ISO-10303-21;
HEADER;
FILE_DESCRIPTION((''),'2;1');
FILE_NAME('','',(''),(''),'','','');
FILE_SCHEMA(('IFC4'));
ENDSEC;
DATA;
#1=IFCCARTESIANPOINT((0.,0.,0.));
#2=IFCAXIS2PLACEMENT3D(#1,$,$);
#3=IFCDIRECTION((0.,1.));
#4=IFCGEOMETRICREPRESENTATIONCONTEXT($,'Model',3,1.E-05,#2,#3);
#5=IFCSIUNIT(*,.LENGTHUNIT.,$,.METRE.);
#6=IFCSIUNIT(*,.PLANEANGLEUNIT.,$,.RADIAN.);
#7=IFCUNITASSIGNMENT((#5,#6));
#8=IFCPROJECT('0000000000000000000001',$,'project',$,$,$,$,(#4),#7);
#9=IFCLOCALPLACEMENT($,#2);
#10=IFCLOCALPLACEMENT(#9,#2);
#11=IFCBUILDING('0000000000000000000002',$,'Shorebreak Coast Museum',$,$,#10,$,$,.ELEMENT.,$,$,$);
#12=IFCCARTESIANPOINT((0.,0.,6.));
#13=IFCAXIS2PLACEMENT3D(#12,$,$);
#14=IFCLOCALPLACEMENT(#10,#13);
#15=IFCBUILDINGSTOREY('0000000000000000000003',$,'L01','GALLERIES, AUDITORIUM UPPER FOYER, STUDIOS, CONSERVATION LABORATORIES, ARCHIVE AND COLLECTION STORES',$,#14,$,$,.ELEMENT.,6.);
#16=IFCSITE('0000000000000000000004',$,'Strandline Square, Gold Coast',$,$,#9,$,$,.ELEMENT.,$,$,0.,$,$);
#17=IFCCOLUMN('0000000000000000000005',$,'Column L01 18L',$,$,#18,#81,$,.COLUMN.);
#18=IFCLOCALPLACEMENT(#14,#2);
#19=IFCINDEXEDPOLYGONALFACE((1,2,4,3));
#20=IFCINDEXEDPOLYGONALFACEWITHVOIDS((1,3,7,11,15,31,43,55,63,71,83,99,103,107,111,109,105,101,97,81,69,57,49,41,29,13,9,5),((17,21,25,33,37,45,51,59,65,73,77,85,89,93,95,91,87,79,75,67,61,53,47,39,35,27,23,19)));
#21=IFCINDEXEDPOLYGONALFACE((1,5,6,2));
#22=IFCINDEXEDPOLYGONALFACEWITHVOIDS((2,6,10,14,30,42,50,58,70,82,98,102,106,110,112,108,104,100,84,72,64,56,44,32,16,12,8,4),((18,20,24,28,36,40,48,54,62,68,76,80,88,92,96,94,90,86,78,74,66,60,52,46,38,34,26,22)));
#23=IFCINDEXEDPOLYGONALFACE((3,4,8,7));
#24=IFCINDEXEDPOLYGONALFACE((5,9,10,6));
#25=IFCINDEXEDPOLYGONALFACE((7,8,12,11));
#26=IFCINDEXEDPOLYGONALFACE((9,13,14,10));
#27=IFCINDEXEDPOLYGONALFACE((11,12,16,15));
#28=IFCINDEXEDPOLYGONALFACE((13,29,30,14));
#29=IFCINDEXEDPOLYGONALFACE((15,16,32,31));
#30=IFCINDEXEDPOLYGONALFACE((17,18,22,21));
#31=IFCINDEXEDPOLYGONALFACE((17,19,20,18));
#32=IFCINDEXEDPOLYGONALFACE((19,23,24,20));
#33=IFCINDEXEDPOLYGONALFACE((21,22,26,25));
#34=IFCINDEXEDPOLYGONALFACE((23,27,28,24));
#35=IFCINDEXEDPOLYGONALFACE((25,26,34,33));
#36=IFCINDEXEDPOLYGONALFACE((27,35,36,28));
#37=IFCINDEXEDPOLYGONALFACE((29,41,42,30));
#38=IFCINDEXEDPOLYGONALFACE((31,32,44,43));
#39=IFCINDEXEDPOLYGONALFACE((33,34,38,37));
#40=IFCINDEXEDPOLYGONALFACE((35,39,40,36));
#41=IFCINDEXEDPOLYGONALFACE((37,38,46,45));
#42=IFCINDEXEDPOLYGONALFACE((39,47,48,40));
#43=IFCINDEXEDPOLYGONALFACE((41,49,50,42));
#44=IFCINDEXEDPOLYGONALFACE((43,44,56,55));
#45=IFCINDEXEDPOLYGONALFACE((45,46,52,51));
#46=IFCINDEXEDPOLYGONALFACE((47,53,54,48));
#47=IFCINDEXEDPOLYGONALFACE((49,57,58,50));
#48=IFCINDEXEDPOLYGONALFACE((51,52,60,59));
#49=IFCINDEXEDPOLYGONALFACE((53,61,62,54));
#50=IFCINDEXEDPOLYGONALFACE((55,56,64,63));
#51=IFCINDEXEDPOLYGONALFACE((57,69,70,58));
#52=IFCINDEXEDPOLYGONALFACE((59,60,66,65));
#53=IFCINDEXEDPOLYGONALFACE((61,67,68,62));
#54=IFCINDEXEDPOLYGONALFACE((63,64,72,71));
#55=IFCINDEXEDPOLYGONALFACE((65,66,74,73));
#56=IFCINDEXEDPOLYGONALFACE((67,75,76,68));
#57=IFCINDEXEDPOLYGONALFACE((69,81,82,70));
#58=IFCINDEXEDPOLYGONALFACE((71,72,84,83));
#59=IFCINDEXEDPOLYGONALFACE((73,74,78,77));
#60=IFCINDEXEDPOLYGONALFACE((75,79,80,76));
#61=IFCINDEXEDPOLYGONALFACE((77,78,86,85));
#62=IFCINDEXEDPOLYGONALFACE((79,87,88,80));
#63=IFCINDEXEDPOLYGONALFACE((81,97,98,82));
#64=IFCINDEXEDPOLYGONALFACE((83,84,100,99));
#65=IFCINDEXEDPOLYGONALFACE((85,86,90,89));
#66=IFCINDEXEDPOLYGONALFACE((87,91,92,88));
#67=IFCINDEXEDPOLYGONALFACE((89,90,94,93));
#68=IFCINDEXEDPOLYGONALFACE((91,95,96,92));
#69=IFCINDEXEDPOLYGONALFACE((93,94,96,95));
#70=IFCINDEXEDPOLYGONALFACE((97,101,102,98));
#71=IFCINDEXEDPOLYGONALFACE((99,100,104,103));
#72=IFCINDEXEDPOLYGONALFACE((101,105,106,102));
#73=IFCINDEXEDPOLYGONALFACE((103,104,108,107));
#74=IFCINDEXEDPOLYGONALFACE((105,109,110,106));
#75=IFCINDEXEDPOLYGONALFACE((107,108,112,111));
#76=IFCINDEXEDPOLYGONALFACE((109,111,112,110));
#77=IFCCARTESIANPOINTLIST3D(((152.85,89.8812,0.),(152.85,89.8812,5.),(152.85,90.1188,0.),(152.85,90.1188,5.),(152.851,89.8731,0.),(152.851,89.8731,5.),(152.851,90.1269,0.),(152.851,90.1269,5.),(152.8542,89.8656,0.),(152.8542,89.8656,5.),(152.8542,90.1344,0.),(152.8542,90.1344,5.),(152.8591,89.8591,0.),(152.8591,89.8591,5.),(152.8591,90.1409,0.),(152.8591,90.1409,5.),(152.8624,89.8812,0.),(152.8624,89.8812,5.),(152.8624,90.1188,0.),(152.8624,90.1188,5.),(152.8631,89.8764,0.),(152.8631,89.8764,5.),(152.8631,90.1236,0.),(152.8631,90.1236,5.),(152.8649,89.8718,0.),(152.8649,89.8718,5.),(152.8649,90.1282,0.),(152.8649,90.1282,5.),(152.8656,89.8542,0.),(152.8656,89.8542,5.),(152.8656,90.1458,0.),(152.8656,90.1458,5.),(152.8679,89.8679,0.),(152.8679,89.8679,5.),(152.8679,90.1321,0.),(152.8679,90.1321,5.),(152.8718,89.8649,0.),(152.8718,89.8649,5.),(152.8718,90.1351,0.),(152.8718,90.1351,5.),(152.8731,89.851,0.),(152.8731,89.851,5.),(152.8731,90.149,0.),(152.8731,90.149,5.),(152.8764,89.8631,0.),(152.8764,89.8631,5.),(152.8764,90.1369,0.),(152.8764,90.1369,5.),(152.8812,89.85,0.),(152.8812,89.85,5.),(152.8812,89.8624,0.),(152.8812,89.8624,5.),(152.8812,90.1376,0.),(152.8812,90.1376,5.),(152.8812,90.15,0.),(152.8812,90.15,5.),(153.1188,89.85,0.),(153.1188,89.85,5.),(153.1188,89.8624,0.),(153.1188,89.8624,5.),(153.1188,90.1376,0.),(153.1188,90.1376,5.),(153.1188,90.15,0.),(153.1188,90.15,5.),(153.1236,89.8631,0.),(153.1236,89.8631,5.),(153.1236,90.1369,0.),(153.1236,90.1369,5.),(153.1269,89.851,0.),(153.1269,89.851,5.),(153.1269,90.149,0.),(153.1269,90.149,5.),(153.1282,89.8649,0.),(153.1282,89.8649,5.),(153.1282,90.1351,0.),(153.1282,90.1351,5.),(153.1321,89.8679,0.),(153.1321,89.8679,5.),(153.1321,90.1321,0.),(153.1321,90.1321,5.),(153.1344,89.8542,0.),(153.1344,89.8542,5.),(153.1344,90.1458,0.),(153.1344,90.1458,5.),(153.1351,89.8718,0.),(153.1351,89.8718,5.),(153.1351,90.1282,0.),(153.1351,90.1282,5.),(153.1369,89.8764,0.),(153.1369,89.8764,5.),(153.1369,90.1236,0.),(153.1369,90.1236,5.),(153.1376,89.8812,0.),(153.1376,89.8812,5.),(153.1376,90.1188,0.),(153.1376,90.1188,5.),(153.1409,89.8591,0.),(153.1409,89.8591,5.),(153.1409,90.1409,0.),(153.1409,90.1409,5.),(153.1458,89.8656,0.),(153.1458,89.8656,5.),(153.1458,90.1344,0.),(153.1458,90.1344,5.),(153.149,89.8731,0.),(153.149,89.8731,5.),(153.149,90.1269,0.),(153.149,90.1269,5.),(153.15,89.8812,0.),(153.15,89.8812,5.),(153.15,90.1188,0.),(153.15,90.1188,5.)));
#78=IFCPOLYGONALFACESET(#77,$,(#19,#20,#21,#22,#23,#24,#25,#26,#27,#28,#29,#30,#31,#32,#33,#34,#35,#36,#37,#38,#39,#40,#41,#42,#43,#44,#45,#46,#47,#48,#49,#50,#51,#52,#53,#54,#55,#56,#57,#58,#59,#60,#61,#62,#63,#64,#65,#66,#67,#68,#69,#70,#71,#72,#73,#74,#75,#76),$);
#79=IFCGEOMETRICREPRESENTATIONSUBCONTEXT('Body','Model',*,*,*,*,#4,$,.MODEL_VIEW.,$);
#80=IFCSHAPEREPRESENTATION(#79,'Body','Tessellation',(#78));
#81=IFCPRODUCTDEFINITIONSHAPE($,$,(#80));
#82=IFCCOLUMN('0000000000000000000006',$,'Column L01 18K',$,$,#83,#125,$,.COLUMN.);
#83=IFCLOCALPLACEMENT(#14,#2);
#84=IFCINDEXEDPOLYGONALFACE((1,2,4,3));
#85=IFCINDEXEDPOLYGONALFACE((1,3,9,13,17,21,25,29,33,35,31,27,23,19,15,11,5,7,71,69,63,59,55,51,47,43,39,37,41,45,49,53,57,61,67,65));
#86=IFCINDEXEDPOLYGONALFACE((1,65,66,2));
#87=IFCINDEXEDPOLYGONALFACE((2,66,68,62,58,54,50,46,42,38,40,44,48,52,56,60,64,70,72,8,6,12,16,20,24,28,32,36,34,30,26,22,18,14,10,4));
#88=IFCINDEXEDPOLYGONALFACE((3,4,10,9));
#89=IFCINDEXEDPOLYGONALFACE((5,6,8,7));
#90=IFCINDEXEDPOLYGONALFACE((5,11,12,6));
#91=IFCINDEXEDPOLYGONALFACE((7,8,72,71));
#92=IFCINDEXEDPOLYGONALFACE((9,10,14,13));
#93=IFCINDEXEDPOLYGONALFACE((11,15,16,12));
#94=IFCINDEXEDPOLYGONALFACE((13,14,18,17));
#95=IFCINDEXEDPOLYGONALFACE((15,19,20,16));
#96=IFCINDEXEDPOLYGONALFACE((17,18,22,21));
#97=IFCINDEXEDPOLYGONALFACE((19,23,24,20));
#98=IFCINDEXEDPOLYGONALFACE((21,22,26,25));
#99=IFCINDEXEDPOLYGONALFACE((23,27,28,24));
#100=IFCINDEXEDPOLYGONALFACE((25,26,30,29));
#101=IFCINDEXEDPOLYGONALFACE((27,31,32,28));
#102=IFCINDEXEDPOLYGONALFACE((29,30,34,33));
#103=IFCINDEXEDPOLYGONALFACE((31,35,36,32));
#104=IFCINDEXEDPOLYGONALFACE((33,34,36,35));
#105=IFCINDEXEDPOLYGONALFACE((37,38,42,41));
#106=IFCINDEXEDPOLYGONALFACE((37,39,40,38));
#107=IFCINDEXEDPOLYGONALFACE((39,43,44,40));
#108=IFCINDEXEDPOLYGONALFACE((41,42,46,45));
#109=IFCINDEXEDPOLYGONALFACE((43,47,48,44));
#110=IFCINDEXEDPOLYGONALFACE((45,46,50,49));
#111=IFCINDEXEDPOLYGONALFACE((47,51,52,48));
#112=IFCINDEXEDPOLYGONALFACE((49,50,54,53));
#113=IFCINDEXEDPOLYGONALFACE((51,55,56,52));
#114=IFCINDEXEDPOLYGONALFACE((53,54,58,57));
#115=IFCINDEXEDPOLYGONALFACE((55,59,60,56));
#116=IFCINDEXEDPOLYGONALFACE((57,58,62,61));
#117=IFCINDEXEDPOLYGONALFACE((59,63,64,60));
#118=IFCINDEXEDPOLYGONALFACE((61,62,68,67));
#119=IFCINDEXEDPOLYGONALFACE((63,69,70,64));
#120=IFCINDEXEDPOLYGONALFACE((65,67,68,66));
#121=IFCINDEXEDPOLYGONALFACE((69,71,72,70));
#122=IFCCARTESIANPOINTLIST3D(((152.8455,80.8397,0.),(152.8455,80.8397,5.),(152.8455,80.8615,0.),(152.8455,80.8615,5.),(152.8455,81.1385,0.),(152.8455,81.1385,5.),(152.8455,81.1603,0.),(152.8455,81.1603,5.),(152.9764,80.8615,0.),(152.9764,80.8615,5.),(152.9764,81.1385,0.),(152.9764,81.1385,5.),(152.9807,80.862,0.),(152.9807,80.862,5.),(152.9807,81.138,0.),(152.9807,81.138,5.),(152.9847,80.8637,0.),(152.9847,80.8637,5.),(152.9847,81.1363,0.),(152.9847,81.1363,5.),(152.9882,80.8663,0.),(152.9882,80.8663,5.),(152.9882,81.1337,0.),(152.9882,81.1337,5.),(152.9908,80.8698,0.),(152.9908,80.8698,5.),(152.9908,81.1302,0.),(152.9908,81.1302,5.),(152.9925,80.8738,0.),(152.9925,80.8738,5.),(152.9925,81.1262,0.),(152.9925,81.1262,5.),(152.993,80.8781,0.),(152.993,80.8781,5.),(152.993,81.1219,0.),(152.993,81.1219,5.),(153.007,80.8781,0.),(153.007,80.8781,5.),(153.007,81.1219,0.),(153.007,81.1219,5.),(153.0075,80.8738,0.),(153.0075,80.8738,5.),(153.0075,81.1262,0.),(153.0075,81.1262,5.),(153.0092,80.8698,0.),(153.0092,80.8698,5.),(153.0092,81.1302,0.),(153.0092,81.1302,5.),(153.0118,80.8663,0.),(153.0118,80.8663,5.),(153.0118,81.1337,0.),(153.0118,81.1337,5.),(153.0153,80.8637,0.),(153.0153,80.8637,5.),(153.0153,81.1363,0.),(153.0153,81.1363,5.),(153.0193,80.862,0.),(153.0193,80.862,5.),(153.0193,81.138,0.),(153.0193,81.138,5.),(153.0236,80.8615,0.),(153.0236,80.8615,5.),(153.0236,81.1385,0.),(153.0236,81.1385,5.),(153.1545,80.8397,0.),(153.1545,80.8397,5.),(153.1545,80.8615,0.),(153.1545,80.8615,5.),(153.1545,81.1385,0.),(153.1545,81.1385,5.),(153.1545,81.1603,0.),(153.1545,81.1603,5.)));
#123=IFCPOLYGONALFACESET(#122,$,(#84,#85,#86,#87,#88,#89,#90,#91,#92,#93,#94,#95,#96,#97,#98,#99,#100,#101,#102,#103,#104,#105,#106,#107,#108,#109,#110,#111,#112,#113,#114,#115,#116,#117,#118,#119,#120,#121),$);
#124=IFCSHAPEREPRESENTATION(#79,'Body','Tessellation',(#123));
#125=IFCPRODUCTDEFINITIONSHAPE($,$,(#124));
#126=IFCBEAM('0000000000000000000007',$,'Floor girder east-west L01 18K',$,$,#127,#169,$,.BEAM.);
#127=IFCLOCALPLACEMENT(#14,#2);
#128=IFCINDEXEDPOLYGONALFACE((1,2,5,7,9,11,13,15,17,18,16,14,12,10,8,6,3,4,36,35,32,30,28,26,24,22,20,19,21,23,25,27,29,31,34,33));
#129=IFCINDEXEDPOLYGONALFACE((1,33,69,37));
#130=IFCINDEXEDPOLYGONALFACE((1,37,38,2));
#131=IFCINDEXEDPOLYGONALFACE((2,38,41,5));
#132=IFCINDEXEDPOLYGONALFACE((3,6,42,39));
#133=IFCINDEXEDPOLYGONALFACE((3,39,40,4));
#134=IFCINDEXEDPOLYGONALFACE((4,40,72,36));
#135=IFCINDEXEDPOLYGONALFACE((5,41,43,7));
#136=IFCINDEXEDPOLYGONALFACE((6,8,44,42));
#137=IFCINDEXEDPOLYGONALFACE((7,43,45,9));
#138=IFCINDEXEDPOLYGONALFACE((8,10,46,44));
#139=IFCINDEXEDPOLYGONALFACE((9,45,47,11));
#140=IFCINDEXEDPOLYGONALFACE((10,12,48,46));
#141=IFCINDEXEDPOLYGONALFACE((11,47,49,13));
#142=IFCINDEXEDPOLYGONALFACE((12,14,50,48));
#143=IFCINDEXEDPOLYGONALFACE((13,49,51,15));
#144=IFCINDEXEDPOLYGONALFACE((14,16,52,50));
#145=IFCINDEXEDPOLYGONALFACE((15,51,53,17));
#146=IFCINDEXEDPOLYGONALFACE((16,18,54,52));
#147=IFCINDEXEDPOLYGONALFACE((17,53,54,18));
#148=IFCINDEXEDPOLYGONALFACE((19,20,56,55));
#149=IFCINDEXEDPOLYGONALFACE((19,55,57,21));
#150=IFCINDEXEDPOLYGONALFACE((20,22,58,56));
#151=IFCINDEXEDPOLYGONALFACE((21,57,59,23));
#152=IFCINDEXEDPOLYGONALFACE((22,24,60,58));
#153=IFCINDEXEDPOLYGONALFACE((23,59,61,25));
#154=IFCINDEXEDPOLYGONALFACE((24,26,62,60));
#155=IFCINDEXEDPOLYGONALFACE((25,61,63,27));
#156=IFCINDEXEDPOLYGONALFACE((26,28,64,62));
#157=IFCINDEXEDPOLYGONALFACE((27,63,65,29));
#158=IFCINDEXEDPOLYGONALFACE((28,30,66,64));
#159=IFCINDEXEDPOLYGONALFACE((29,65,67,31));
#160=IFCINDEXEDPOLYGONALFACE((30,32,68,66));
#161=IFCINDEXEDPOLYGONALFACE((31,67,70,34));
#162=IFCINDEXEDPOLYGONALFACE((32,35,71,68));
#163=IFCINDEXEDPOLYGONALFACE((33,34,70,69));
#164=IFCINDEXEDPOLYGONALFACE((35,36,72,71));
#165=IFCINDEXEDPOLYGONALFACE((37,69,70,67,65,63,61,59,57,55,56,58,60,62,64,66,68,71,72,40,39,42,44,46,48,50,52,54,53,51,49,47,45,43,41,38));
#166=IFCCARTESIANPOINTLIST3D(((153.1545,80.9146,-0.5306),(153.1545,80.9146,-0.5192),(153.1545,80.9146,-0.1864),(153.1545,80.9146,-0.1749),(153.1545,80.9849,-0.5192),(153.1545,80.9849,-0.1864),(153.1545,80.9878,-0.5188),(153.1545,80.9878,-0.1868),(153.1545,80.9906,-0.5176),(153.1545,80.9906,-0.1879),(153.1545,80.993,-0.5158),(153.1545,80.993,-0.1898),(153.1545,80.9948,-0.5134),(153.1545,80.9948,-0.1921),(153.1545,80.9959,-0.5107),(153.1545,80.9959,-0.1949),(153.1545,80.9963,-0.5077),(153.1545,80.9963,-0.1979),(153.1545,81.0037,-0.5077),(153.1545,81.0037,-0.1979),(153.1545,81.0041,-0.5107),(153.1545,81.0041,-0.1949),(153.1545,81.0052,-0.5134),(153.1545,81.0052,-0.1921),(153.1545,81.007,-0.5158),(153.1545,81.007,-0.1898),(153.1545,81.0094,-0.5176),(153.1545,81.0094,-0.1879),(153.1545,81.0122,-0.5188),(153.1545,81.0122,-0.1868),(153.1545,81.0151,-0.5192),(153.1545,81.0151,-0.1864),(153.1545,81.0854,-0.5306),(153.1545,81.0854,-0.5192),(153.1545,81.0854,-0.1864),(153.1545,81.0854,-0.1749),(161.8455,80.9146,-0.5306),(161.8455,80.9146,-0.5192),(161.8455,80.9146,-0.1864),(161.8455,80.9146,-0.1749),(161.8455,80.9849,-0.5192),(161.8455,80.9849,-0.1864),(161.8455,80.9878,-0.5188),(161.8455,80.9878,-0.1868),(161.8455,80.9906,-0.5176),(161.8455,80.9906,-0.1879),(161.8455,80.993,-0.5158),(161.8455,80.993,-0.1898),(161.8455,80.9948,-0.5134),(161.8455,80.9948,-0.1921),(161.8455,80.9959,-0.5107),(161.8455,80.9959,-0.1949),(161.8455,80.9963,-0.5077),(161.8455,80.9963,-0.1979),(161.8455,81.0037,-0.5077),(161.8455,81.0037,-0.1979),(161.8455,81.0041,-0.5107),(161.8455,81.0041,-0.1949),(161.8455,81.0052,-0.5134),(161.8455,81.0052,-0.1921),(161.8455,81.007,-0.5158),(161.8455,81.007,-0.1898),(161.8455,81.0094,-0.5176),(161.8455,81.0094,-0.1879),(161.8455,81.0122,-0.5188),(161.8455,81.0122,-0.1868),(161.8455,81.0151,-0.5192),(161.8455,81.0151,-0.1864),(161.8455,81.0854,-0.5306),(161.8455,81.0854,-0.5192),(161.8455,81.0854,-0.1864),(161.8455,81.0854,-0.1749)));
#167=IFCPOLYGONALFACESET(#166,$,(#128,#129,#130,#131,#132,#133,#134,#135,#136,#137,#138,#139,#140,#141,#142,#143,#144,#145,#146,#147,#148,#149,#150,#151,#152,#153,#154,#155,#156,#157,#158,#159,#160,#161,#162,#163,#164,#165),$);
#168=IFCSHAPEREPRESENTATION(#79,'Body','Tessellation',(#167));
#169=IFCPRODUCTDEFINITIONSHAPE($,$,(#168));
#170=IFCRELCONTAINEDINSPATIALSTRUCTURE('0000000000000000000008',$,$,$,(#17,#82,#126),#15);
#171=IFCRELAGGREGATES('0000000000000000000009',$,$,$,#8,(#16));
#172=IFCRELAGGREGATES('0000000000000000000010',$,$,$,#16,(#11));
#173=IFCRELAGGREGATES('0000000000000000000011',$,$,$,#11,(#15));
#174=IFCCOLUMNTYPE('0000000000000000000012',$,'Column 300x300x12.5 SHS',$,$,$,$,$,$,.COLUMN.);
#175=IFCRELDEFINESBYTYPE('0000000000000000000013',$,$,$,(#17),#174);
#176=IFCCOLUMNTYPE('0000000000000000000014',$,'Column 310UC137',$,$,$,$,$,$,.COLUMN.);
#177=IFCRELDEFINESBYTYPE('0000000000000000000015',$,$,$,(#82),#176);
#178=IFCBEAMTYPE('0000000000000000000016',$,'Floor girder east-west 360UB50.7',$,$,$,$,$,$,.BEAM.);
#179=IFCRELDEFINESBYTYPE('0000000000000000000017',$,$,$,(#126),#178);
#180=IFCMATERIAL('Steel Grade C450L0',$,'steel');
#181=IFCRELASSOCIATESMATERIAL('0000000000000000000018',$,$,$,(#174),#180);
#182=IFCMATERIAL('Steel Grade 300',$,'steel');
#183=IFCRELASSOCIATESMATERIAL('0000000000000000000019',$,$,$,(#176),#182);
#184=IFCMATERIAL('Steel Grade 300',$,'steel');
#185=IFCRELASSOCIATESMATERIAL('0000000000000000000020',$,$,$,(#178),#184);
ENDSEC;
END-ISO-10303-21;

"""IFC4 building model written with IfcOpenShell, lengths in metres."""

from ifc_helpers import new_model, si_unit, direction, frame, origin, origin_2d, place, context, subcontext, project, spatial, hollow_rectangle, i_section, extrude, material, material_profile, profile_set, type_object, element, save


model = new_model("IFC4")

# Units and contexts
model_context = context("Model", 3, precision=1e-05, world=origin(), true_north=direction((0.0, 1.0)))
body_context = subcontext(model_context, "Body", "Model", "MODEL_VIEW")
ifc_project = project(units=[si_unit("LENGTHUNIT", "METRE"), si_unit("PLANEANGLEUNIT", "RADIAN")], contexts=[model_context])

# Site, building, storey
site_placement = place(None, origin())
site = spatial("IfcSite", under=ifc_project, at=site_placement, Name="Strandline Square, Gold Coast", CompositionType="ELEMENT", RefElevation=0.0)
building_placement = place(site_placement, origin())
building = spatial("IfcBuilding", under=site, at=building_placement, Name="Shorebreak Coast Museum", CompositionType="ELEMENT")
storey_placement = place(building_placement, frame((0.0, 0.0, 6.0)))
storey = spatial("IfcBuildingStorey", under=building, at=storey_placement, Name="L01", Description="GALLERIES, AUDITORIUM UPPER FOYER, STUDIOS, CONSERVATION LABORATORIES, ARCHIVE AND COLLECTION STORES", CompositionType="ELEMENT", Elevation=6.0)

# Columns
ifc_material_1 = material(Name="Steel Grade C450L0", Category="steel")
ifc_material_profile_1 = material_profile(ifc_material_1, hollow_rectangle(XDim=0.3, YDim=0.3, WallThickness=0.0125, InnerFilletRadius=0.0188, OuterFilletRadius=0.0312, at=origin_2d()), Name="300x300x12.5 SHS")
ifc_profile_set_1 = profile_set([ifc_material_profile_1], Name="Steel Grade C450L0")
column_type_1 = type_object("IfcColumnType", Name="Column 300x300x12.5 SHS", PredefinedType="COLUMN", material=ifc_profile_set_1)
column_1_placement = place(storey_placement, frame((153.0, 90.0, 0.0), z_axis=(0.0, 0.0, 1.0), x_axis=(1.0, 0.0, 0.0)))
element("IfcColumn", 1, at=column_1_placement, inside=storey, type_object=column_type_1, Name="Column L01 18L", PredefinedType="COLUMN", context=body_context, shape_type="SweptSolid", body=[
    extrude(hollow_rectangle(XDim=0.3, YDim=0.3, WallThickness=0.0125, InnerFilletRadius=0.0188, OuterFilletRadius=0.0312, at=origin_2d()), origin(), (0.0, 0.0, 1.0), 5.0),
])
ifc_material_2 = material(Name="Steel Grade 300", Category="steel")
ifc_material_profile_2 = material_profile(ifc_material_2, i_section(OverallWidth=0.3091, OverallDepth=0.3206, WebThickness=0.0139, FlangeThickness=0.0217, FilletRadius=0.0166, at=origin_2d()), Name="310UC137")
ifc_profile_set_2 = profile_set([ifc_material_profile_2], Name="Steel Grade 300")
column_type_2 = type_object("IfcColumnType", Name="Column 310UC137", PredefinedType="COLUMN", material=ifc_profile_set_2)
column_2_placement = place(storey_placement, frame((153.0, 81.0, 0.0), z_axis=(0.0, 0.0, 1.0), x_axis=(1.0, 0.0, 0.0)))
element("IfcColumn", 2, at=column_2_placement, inside=storey, type_object=column_type_2, Name="Column L01 18K", PredefinedType="COLUMN", context=body_context, shape_type="SweptSolid", body=[
    extrude(i_section(OverallWidth=0.3091, OverallDepth=0.3206, WebThickness=0.0139, FlangeThickness=0.0217, FilletRadius=0.0166, at=origin_2d()), origin(), (0.0, 0.0, 1.0), 5.0),
])

# Beam
ifc_material_3 = material(Name="Steel Grade 300", Category="steel")
ifc_material_profile_3 = material_profile(ifc_material_3, i_section(OverallWidth=0.1709, OverallDepth=0.3557, WebThickness=0.0073, FlangeThickness=0.0115, FilletRadius=0.0115, at=origin_2d()), Name="360UB50.7")
ifc_profile_set_3 = profile_set([ifc_material_profile_3], Name="Steel Grade 300")
beam_type_1 = type_object("IfcBeamType", Name="Floor girder east-west 360UB50.7", PredefinedType="BEAM", material=ifc_profile_set_3)
beam_1_placement = place(storey_placement, frame((153.1545, 81.0, -0.3528), z_axis=(1.0, 0.0, 0.0), x_axis=(0.0, 1.0, 0.0)))
element("IfcBeam", 3, at=beam_1_placement, inside=storey, type_object=beam_type_1, Name="Floor girder east-west L01 18K", PredefinedType="BEAM", context=body_context, shape_type="SweptSolid", body=[
    extrude(i_section(OverallWidth=0.1709, OverallDepth=0.3557, WebThickness=0.0073, FlangeThickness=0.0115, FilletRadius=0.0115, at=origin_2d()), origin(), (0.0, 0.0, 1.0), 8.6909),
])

save(model, "model.ifc")
